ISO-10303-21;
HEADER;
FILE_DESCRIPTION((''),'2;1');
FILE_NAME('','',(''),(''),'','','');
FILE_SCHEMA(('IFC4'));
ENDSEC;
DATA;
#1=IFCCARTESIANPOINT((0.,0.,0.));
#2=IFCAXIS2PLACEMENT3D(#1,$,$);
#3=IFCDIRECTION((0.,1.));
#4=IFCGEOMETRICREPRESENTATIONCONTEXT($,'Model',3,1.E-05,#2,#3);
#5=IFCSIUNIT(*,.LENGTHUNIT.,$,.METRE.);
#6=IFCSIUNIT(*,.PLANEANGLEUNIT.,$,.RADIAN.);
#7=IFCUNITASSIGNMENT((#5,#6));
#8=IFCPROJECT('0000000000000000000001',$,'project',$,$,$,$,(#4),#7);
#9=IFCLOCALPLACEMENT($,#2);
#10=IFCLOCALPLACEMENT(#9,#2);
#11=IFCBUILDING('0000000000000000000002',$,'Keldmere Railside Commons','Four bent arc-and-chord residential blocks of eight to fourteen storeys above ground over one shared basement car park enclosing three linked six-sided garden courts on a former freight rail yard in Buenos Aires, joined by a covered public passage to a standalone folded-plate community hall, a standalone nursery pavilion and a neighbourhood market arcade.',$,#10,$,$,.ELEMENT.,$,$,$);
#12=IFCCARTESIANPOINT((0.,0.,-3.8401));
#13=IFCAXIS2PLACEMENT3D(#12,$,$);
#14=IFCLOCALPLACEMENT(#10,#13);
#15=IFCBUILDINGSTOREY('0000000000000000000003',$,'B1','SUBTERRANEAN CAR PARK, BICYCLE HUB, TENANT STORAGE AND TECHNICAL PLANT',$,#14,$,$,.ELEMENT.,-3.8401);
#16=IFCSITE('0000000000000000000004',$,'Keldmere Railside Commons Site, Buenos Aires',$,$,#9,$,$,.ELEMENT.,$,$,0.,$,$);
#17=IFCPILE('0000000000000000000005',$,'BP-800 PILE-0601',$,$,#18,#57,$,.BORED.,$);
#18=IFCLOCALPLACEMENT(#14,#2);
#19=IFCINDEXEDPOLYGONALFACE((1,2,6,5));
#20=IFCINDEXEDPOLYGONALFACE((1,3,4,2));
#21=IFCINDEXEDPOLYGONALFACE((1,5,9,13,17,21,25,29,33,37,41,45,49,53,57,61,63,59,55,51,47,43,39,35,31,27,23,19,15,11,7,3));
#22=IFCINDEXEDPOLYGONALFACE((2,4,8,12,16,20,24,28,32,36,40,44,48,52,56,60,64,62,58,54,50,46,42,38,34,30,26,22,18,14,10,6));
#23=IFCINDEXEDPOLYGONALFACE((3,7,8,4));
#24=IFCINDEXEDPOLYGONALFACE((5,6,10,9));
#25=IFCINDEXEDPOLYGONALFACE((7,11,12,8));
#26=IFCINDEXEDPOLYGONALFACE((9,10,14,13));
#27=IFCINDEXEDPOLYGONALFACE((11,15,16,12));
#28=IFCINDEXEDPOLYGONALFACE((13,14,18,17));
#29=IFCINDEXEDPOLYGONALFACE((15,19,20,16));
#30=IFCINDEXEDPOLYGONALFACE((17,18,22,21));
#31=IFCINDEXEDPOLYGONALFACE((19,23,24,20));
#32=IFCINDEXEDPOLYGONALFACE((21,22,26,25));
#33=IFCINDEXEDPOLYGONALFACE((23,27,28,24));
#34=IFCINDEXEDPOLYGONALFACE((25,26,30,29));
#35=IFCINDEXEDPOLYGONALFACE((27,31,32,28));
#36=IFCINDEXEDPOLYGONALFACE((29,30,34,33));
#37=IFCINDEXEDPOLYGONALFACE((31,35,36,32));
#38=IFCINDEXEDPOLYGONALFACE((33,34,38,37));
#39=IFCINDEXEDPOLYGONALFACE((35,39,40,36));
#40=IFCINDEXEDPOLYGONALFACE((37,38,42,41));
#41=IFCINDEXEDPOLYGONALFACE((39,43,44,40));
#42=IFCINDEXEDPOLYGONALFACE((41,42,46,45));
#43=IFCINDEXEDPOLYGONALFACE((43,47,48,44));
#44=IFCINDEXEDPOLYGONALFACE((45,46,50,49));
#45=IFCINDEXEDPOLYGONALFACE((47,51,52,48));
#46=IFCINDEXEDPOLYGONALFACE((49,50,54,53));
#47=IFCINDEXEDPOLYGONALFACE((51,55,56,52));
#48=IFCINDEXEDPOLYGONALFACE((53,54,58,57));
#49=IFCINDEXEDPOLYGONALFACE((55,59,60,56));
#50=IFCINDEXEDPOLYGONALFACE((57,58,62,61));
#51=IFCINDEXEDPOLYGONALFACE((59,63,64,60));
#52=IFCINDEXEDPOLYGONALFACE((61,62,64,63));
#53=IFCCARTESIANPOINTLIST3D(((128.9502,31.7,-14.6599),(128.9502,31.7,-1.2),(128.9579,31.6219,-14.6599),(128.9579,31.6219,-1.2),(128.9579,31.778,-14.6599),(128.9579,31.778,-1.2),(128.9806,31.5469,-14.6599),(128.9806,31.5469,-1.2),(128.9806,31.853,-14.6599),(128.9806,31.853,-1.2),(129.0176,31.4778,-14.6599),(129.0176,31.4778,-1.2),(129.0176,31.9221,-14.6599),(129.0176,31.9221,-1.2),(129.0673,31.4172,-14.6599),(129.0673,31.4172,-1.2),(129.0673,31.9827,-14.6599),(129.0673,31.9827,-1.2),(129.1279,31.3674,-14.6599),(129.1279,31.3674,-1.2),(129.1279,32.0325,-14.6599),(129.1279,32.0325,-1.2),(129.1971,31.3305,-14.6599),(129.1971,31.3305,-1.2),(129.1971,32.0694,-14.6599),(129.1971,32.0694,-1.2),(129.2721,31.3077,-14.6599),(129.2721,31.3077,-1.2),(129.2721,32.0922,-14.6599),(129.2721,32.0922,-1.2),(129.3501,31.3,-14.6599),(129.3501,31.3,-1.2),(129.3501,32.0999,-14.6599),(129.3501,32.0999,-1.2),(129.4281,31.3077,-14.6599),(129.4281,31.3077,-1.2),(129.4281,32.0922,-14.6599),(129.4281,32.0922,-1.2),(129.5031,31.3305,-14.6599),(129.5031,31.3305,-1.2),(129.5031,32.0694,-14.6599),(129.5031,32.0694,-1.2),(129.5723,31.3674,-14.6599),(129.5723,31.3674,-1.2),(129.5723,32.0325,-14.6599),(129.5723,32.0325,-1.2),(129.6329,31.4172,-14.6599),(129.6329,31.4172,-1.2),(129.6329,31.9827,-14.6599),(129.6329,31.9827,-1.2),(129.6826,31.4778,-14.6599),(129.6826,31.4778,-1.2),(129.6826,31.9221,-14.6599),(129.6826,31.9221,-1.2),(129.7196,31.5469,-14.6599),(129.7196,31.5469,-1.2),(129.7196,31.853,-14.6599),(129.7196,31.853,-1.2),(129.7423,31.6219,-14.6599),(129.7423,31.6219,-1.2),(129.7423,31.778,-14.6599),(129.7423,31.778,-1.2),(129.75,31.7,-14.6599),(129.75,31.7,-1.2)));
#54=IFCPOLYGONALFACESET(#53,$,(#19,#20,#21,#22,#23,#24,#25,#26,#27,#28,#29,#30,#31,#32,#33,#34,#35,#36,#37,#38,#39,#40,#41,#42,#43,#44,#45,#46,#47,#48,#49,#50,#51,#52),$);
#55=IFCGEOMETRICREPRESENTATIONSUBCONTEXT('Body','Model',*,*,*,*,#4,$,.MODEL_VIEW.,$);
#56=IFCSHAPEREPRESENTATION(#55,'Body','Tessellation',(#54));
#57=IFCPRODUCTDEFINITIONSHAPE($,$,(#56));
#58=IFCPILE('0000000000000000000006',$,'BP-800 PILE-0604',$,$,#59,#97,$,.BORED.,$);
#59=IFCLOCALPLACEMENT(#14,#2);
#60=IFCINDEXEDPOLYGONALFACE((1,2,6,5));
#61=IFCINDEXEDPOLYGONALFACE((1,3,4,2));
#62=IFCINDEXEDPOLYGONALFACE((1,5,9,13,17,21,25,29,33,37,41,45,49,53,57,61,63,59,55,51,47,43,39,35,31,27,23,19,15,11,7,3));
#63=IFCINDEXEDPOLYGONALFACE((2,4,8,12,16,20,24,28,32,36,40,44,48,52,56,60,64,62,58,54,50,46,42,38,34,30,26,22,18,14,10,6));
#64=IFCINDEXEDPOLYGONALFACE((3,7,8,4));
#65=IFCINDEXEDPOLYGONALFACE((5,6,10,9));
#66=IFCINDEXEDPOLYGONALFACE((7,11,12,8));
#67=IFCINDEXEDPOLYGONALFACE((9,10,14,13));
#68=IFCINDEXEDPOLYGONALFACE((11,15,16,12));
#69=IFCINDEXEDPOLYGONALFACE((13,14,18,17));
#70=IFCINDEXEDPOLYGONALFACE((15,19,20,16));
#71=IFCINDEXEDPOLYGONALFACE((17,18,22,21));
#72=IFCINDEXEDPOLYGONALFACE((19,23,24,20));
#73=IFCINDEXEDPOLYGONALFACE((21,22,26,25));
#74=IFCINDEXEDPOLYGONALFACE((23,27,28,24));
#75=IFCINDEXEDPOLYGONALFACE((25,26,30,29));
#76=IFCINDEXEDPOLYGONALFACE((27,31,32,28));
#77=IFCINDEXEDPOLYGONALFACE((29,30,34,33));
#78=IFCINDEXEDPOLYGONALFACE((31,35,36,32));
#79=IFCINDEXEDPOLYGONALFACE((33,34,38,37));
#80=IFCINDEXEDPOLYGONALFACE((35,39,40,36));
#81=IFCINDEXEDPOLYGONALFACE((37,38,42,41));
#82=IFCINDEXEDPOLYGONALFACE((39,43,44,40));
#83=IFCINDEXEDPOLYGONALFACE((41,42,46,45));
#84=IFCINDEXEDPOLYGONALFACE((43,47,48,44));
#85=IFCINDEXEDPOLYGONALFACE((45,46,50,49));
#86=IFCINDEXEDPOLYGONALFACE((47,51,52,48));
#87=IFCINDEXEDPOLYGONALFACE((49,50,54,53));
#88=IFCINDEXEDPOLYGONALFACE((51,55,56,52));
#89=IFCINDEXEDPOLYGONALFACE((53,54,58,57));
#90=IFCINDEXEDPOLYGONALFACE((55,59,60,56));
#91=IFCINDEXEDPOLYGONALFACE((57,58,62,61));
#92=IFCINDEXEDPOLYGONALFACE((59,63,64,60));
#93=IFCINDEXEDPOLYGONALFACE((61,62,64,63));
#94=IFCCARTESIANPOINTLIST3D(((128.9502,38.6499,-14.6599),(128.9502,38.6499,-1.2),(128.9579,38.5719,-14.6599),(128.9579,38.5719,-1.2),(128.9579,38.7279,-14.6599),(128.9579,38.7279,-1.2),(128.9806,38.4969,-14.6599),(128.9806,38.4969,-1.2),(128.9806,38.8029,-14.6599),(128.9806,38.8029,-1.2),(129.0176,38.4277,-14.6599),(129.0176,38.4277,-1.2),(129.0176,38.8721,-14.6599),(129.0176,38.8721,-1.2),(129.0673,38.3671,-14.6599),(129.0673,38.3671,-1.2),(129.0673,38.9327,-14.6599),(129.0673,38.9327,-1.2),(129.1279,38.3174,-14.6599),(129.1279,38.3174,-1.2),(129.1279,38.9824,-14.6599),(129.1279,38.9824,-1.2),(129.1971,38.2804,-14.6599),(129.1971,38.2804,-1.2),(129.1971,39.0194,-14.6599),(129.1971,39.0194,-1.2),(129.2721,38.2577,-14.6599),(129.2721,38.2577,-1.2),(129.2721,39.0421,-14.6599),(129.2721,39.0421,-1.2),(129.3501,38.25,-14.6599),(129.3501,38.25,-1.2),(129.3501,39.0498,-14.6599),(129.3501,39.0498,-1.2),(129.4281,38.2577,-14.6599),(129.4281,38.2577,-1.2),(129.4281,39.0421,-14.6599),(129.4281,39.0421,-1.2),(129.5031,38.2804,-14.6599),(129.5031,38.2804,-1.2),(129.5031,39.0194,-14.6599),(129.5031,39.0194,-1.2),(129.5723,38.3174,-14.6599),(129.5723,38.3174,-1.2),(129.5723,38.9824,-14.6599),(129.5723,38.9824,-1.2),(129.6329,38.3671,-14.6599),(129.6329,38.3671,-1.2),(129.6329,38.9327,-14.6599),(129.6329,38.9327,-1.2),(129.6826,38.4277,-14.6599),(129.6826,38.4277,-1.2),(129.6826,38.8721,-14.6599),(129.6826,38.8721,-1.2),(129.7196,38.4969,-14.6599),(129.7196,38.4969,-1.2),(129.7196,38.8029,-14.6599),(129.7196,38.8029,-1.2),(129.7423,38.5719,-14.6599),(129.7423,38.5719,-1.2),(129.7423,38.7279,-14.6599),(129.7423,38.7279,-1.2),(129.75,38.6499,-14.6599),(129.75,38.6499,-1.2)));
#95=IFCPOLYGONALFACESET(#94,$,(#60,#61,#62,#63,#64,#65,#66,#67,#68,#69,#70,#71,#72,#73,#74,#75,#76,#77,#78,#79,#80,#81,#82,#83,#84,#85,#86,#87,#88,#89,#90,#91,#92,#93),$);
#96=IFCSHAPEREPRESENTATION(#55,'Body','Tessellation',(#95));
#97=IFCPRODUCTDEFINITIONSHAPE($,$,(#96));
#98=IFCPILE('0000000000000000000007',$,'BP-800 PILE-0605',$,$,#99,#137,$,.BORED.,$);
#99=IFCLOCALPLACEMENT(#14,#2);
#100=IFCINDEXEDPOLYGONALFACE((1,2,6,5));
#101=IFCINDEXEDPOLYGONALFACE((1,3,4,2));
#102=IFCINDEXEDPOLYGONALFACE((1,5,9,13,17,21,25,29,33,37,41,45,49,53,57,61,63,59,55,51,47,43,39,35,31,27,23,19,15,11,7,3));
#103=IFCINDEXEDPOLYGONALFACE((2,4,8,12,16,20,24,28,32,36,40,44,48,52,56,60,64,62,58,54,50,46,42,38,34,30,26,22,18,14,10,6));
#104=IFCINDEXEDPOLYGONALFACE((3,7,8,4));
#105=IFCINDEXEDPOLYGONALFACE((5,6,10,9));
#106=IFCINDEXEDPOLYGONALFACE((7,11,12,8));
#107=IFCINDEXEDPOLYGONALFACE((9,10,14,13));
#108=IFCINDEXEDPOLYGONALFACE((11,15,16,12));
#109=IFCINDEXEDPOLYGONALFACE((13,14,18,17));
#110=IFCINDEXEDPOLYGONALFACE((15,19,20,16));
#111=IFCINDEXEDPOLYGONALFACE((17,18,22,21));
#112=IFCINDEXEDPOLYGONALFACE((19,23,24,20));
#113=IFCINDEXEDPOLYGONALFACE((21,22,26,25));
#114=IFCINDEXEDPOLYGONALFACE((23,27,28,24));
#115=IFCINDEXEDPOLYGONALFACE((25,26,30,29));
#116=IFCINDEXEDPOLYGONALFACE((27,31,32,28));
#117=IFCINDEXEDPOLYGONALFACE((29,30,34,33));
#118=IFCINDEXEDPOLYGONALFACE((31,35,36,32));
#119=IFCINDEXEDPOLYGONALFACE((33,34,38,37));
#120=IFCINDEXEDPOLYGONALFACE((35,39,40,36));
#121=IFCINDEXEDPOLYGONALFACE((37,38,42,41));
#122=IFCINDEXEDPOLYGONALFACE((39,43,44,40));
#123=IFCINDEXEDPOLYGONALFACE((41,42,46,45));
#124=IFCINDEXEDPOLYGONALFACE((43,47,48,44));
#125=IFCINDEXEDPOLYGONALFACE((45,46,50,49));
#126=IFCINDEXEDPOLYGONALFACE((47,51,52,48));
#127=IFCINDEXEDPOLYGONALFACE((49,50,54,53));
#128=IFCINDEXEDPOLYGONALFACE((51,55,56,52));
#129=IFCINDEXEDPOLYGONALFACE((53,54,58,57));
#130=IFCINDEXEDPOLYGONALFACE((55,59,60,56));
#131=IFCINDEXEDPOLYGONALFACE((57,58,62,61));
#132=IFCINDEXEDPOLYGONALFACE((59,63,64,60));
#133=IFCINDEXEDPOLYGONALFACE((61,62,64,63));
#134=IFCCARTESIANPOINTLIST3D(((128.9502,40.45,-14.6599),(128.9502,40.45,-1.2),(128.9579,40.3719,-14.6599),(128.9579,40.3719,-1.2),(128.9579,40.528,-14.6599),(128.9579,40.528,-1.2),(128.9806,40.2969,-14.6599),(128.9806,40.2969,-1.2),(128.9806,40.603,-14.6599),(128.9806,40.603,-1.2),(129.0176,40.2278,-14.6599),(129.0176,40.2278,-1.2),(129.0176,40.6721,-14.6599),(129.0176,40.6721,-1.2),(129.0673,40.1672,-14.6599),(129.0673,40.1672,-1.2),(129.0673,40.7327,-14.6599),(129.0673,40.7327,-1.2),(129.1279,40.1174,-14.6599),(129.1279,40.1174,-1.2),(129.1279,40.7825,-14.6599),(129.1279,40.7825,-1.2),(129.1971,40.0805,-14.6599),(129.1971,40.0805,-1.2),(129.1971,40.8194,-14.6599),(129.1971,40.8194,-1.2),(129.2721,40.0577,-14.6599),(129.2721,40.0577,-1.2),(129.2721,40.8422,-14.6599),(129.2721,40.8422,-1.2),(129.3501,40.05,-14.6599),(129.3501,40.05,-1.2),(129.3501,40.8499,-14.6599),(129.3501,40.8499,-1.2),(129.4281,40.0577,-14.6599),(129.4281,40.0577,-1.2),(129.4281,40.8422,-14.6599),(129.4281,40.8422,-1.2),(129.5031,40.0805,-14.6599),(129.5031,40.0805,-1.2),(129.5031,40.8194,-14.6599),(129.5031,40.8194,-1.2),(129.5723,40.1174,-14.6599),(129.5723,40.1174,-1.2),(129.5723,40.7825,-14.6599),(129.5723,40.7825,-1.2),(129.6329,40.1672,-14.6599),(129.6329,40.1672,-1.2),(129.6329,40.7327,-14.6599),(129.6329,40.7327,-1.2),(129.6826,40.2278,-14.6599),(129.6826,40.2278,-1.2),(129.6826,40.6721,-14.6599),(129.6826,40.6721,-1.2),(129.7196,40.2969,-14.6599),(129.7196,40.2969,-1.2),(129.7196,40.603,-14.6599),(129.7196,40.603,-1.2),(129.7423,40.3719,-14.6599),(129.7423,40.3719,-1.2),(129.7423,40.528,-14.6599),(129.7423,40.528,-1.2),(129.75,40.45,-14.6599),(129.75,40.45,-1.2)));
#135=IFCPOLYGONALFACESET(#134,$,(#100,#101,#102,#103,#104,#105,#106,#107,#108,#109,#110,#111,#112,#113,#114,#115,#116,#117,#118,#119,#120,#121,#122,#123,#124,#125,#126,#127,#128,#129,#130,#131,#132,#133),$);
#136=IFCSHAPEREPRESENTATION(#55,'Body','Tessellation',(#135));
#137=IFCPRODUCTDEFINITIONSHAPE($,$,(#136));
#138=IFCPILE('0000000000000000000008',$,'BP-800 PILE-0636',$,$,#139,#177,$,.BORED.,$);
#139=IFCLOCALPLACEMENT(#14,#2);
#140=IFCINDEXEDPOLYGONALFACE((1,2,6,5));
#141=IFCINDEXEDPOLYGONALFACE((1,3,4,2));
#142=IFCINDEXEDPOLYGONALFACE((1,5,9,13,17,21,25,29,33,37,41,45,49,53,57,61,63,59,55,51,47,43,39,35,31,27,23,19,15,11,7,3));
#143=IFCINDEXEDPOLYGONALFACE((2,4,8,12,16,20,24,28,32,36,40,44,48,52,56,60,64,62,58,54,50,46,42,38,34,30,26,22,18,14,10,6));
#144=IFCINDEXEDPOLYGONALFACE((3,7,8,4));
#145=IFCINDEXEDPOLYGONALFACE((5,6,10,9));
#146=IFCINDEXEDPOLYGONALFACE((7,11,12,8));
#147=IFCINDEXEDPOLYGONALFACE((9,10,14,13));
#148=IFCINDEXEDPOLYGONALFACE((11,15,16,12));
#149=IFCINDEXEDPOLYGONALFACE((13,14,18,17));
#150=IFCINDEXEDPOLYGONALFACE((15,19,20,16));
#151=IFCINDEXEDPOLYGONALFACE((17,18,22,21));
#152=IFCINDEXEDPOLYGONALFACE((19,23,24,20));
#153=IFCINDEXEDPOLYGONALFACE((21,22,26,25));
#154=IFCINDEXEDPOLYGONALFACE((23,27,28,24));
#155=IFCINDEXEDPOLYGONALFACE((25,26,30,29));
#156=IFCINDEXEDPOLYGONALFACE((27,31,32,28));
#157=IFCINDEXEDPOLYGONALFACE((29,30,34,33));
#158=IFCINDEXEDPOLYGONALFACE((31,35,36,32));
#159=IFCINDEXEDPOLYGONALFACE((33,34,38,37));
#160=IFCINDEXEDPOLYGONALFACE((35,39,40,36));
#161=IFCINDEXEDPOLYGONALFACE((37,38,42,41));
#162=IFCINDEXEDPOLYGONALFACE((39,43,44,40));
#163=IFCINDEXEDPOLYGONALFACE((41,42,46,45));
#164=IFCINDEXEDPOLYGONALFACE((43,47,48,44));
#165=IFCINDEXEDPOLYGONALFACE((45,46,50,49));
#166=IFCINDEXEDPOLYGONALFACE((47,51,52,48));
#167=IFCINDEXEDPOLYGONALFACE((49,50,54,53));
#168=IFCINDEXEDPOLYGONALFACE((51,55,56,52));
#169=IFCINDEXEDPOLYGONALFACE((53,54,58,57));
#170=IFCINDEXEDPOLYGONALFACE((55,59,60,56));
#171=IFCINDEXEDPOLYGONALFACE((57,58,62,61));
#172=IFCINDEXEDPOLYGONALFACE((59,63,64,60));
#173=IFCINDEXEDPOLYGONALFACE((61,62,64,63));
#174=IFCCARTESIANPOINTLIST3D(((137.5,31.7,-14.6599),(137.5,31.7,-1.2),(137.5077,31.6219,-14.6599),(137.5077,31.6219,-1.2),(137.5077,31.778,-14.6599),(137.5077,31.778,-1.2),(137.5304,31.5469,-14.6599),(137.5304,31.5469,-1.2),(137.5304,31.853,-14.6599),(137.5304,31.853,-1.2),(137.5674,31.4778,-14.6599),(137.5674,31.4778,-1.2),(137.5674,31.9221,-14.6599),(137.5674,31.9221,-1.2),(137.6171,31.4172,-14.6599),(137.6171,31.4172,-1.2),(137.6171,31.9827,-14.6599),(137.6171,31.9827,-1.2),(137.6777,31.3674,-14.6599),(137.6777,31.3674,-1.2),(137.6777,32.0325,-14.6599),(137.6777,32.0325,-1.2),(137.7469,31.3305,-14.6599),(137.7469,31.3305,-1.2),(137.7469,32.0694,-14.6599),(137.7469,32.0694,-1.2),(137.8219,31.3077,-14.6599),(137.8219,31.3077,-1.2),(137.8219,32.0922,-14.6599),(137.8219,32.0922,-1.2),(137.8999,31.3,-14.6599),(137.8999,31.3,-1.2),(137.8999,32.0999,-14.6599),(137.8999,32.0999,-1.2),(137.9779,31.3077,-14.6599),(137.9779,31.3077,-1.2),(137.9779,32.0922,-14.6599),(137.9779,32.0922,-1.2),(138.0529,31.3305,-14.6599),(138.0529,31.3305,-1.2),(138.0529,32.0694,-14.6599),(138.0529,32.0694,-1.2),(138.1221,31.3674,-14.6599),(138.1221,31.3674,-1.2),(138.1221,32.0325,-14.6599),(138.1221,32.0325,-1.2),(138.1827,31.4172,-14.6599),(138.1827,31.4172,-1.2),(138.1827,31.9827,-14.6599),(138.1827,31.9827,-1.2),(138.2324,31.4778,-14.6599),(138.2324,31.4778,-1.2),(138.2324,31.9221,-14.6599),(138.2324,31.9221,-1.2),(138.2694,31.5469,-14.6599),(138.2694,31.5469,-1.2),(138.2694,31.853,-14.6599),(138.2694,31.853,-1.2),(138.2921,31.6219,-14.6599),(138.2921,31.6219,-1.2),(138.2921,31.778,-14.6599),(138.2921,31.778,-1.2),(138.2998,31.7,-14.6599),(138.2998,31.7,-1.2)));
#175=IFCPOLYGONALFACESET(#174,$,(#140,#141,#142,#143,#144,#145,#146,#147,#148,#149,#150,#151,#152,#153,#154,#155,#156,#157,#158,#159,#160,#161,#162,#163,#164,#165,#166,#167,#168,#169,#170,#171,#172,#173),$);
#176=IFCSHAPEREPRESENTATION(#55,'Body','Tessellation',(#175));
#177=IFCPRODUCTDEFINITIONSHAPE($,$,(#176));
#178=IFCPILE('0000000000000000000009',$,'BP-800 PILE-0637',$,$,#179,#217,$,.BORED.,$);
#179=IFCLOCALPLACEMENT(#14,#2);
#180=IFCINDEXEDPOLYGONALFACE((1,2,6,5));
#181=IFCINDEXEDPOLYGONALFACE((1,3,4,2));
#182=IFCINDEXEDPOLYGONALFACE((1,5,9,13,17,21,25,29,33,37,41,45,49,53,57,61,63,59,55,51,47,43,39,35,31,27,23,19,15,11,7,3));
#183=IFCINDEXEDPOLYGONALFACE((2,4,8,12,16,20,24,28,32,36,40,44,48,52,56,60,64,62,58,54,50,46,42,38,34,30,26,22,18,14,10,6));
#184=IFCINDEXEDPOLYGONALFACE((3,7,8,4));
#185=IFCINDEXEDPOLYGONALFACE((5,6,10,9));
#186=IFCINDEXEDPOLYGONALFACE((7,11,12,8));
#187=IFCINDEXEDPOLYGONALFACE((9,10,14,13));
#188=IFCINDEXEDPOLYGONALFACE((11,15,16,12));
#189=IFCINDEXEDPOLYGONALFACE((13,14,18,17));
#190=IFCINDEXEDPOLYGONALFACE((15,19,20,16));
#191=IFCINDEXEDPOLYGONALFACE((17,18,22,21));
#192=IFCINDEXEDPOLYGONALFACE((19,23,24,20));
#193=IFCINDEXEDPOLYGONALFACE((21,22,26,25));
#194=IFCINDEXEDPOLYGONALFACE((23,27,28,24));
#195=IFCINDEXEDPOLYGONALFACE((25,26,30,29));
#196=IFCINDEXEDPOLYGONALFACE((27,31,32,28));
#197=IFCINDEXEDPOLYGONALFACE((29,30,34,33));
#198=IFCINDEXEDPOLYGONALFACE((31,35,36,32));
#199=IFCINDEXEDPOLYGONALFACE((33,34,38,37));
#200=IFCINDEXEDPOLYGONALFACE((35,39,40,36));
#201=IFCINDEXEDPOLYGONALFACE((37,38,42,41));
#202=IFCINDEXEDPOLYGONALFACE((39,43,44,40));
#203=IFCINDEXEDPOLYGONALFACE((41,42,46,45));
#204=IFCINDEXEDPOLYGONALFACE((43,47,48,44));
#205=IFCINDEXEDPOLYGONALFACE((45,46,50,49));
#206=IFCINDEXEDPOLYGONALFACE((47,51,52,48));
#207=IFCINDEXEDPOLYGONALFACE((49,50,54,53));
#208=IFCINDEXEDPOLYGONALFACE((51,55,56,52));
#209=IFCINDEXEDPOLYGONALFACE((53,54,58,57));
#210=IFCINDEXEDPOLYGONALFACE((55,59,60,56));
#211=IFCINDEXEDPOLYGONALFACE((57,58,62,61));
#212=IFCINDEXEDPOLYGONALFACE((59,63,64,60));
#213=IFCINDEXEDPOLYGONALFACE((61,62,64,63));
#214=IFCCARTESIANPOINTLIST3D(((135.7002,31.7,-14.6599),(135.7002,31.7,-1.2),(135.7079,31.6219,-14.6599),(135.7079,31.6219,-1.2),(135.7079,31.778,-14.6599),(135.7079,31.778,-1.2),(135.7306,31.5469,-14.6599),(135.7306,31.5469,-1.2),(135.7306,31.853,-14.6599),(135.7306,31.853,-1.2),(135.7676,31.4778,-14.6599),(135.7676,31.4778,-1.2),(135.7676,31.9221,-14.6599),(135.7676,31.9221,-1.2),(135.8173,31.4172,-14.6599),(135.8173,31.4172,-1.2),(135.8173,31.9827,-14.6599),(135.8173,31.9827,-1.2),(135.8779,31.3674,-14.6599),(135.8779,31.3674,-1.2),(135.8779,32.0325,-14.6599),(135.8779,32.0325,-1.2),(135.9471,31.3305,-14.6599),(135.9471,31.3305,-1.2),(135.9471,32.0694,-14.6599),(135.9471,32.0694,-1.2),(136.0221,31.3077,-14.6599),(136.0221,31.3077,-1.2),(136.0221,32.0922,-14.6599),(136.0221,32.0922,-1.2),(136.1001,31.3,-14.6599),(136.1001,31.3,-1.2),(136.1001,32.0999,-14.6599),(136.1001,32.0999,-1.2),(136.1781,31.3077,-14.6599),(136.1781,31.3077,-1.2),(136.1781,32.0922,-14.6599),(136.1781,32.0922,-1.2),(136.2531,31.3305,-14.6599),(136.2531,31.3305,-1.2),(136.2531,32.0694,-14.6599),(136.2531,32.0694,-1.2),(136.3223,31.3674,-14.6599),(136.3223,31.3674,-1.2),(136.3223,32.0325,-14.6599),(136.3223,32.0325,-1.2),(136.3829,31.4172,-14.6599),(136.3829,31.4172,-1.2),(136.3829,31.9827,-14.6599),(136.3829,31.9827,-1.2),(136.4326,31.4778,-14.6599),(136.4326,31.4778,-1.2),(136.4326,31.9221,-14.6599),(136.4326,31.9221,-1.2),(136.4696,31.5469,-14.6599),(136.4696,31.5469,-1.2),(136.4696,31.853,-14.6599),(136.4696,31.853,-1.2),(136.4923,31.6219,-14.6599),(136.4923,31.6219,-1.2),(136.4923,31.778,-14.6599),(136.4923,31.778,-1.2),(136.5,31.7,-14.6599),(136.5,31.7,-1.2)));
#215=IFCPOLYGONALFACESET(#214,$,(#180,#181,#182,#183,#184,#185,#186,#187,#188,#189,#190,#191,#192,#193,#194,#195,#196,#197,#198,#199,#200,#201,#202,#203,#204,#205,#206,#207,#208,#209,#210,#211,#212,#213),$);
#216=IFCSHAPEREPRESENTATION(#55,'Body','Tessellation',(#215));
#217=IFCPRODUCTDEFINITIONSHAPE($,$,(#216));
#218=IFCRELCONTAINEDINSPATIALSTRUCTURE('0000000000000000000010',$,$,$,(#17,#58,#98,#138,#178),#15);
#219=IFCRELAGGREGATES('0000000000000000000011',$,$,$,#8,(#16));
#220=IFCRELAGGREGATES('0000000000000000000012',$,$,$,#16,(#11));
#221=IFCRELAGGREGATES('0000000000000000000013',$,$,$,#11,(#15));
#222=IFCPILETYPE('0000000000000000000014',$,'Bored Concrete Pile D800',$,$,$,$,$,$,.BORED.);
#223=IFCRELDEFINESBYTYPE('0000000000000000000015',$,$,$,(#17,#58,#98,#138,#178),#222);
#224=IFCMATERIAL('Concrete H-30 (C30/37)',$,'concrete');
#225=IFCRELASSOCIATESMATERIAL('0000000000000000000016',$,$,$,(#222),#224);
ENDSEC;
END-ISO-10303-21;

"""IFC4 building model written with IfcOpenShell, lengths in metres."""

from ifc_helpers import new_model, si_unit, direction, frame, origin, origin_2d, place, context, subcontext, project, spatial, circle, extrude, material, material_profile, profile_set, type_object, element, save


model = new_model("IFC4")

# Units and contexts
model_context = context("Model", 3, precision=1e-05, world=origin(), true_north=direction((0.0, 1.0)))
body_context = subcontext(model_context, "Body", "Model", "MODEL_VIEW")
ifc_project = project(units=[si_unit("LENGTHUNIT", "METRE"), si_unit("PLANEANGLEUNIT", "RADIAN")], contexts=[model_context])

# Site, building, storey
site_placement = place(None, origin())
site = spatial("IfcSite", under=ifc_project, at=site_placement, Name="Keldmere Railside Commons Site, Buenos Aires", CompositionType="ELEMENT", RefElevation=0.0)
building_placement = place(site_placement, origin())
building = spatial("IfcBuilding", under=site, at=building_placement, Name="Keldmere Railside Commons", Description="Four bent arc-and-chord residential blocks of eight to fourteen storeys above ground over one shared basement car park enclosing three linked six-sided garden courts on a former freight rail yard in Buenos Aires, joined by a covered public passage to a standalone folded-plate community hall, a standalone nursery pavilion and a neighbourhood market arcade.", CompositionType="ELEMENT")
storey_placement = place(building_placement, frame((0.0, 0.0, -3.8401)))
storey = spatial("IfcBuildingStorey", under=building, at=storey_placement, Name="B1", Description="SUBTERRANEAN CAR PARK, BICYCLE HUB, TENANT STORAGE AND TECHNICAL PLANT", CompositionType="ELEMENT", Elevation=-3.8401)

# Piles
ifc_material_1 = material(Name="Concrete H-30 (C30/37)", Category="concrete")
ifc_material_profile_1 = material_profile(ifc_material_1, circle(Radius=0.3999, at=origin_2d()), Name="PILE-D800")
ifc_profile_set_1 = profile_set([ifc_material_profile_1], Name="Concrete H-30 (C30/37)")
pile_type = type_object("IfcPileType", Name="Bored Concrete Pile D800", PredefinedType="BORED", material=ifc_profile_set_1)
for number, where, z_axis, x_axis, name in (
    (1, (129.3501, 31.7, -1.2), (0.0, 0.0, -1.0), (1.0, 0.0, 0.0), "BP-800 PILE-0601"),
    (2, (129.3501, 38.6499, -1.2), (0.0, 0.0, -1.0), (1.0, 0.0, 0.0), "BP-800 PILE-0604"),
    (3, (129.3501, 40.45, -1.2), (0.0, 0.0, -1.0), (1.0, 0.0, 0.0), "BP-800 PILE-0605"),
    (4, (137.8999, 31.7, -1.2), (0.0, 0.0, -1.0), (1.0, 0.0, 0.0), "BP-800 PILE-0636"),
    (5, (136.1001, 31.7, -1.2), (0.0, 0.0, -1.0), (1.0, 0.0, 0.0), "BP-800 PILE-0637"),
):
    element("IfcPile", number, at=place(storey_placement, frame(where, z_axis=z_axis, x_axis=x_axis)), inside=storey, type_object=pile_type, Name=name, PredefinedType="BORED", context=body_context, shape_type="SweptSolid", body=[
        extrude(circle(Radius=0.3999, at=origin_2d()), origin(), (0.0, 0.0, 1.0), 13.46),
    ])

save(model, "model.ifc")
